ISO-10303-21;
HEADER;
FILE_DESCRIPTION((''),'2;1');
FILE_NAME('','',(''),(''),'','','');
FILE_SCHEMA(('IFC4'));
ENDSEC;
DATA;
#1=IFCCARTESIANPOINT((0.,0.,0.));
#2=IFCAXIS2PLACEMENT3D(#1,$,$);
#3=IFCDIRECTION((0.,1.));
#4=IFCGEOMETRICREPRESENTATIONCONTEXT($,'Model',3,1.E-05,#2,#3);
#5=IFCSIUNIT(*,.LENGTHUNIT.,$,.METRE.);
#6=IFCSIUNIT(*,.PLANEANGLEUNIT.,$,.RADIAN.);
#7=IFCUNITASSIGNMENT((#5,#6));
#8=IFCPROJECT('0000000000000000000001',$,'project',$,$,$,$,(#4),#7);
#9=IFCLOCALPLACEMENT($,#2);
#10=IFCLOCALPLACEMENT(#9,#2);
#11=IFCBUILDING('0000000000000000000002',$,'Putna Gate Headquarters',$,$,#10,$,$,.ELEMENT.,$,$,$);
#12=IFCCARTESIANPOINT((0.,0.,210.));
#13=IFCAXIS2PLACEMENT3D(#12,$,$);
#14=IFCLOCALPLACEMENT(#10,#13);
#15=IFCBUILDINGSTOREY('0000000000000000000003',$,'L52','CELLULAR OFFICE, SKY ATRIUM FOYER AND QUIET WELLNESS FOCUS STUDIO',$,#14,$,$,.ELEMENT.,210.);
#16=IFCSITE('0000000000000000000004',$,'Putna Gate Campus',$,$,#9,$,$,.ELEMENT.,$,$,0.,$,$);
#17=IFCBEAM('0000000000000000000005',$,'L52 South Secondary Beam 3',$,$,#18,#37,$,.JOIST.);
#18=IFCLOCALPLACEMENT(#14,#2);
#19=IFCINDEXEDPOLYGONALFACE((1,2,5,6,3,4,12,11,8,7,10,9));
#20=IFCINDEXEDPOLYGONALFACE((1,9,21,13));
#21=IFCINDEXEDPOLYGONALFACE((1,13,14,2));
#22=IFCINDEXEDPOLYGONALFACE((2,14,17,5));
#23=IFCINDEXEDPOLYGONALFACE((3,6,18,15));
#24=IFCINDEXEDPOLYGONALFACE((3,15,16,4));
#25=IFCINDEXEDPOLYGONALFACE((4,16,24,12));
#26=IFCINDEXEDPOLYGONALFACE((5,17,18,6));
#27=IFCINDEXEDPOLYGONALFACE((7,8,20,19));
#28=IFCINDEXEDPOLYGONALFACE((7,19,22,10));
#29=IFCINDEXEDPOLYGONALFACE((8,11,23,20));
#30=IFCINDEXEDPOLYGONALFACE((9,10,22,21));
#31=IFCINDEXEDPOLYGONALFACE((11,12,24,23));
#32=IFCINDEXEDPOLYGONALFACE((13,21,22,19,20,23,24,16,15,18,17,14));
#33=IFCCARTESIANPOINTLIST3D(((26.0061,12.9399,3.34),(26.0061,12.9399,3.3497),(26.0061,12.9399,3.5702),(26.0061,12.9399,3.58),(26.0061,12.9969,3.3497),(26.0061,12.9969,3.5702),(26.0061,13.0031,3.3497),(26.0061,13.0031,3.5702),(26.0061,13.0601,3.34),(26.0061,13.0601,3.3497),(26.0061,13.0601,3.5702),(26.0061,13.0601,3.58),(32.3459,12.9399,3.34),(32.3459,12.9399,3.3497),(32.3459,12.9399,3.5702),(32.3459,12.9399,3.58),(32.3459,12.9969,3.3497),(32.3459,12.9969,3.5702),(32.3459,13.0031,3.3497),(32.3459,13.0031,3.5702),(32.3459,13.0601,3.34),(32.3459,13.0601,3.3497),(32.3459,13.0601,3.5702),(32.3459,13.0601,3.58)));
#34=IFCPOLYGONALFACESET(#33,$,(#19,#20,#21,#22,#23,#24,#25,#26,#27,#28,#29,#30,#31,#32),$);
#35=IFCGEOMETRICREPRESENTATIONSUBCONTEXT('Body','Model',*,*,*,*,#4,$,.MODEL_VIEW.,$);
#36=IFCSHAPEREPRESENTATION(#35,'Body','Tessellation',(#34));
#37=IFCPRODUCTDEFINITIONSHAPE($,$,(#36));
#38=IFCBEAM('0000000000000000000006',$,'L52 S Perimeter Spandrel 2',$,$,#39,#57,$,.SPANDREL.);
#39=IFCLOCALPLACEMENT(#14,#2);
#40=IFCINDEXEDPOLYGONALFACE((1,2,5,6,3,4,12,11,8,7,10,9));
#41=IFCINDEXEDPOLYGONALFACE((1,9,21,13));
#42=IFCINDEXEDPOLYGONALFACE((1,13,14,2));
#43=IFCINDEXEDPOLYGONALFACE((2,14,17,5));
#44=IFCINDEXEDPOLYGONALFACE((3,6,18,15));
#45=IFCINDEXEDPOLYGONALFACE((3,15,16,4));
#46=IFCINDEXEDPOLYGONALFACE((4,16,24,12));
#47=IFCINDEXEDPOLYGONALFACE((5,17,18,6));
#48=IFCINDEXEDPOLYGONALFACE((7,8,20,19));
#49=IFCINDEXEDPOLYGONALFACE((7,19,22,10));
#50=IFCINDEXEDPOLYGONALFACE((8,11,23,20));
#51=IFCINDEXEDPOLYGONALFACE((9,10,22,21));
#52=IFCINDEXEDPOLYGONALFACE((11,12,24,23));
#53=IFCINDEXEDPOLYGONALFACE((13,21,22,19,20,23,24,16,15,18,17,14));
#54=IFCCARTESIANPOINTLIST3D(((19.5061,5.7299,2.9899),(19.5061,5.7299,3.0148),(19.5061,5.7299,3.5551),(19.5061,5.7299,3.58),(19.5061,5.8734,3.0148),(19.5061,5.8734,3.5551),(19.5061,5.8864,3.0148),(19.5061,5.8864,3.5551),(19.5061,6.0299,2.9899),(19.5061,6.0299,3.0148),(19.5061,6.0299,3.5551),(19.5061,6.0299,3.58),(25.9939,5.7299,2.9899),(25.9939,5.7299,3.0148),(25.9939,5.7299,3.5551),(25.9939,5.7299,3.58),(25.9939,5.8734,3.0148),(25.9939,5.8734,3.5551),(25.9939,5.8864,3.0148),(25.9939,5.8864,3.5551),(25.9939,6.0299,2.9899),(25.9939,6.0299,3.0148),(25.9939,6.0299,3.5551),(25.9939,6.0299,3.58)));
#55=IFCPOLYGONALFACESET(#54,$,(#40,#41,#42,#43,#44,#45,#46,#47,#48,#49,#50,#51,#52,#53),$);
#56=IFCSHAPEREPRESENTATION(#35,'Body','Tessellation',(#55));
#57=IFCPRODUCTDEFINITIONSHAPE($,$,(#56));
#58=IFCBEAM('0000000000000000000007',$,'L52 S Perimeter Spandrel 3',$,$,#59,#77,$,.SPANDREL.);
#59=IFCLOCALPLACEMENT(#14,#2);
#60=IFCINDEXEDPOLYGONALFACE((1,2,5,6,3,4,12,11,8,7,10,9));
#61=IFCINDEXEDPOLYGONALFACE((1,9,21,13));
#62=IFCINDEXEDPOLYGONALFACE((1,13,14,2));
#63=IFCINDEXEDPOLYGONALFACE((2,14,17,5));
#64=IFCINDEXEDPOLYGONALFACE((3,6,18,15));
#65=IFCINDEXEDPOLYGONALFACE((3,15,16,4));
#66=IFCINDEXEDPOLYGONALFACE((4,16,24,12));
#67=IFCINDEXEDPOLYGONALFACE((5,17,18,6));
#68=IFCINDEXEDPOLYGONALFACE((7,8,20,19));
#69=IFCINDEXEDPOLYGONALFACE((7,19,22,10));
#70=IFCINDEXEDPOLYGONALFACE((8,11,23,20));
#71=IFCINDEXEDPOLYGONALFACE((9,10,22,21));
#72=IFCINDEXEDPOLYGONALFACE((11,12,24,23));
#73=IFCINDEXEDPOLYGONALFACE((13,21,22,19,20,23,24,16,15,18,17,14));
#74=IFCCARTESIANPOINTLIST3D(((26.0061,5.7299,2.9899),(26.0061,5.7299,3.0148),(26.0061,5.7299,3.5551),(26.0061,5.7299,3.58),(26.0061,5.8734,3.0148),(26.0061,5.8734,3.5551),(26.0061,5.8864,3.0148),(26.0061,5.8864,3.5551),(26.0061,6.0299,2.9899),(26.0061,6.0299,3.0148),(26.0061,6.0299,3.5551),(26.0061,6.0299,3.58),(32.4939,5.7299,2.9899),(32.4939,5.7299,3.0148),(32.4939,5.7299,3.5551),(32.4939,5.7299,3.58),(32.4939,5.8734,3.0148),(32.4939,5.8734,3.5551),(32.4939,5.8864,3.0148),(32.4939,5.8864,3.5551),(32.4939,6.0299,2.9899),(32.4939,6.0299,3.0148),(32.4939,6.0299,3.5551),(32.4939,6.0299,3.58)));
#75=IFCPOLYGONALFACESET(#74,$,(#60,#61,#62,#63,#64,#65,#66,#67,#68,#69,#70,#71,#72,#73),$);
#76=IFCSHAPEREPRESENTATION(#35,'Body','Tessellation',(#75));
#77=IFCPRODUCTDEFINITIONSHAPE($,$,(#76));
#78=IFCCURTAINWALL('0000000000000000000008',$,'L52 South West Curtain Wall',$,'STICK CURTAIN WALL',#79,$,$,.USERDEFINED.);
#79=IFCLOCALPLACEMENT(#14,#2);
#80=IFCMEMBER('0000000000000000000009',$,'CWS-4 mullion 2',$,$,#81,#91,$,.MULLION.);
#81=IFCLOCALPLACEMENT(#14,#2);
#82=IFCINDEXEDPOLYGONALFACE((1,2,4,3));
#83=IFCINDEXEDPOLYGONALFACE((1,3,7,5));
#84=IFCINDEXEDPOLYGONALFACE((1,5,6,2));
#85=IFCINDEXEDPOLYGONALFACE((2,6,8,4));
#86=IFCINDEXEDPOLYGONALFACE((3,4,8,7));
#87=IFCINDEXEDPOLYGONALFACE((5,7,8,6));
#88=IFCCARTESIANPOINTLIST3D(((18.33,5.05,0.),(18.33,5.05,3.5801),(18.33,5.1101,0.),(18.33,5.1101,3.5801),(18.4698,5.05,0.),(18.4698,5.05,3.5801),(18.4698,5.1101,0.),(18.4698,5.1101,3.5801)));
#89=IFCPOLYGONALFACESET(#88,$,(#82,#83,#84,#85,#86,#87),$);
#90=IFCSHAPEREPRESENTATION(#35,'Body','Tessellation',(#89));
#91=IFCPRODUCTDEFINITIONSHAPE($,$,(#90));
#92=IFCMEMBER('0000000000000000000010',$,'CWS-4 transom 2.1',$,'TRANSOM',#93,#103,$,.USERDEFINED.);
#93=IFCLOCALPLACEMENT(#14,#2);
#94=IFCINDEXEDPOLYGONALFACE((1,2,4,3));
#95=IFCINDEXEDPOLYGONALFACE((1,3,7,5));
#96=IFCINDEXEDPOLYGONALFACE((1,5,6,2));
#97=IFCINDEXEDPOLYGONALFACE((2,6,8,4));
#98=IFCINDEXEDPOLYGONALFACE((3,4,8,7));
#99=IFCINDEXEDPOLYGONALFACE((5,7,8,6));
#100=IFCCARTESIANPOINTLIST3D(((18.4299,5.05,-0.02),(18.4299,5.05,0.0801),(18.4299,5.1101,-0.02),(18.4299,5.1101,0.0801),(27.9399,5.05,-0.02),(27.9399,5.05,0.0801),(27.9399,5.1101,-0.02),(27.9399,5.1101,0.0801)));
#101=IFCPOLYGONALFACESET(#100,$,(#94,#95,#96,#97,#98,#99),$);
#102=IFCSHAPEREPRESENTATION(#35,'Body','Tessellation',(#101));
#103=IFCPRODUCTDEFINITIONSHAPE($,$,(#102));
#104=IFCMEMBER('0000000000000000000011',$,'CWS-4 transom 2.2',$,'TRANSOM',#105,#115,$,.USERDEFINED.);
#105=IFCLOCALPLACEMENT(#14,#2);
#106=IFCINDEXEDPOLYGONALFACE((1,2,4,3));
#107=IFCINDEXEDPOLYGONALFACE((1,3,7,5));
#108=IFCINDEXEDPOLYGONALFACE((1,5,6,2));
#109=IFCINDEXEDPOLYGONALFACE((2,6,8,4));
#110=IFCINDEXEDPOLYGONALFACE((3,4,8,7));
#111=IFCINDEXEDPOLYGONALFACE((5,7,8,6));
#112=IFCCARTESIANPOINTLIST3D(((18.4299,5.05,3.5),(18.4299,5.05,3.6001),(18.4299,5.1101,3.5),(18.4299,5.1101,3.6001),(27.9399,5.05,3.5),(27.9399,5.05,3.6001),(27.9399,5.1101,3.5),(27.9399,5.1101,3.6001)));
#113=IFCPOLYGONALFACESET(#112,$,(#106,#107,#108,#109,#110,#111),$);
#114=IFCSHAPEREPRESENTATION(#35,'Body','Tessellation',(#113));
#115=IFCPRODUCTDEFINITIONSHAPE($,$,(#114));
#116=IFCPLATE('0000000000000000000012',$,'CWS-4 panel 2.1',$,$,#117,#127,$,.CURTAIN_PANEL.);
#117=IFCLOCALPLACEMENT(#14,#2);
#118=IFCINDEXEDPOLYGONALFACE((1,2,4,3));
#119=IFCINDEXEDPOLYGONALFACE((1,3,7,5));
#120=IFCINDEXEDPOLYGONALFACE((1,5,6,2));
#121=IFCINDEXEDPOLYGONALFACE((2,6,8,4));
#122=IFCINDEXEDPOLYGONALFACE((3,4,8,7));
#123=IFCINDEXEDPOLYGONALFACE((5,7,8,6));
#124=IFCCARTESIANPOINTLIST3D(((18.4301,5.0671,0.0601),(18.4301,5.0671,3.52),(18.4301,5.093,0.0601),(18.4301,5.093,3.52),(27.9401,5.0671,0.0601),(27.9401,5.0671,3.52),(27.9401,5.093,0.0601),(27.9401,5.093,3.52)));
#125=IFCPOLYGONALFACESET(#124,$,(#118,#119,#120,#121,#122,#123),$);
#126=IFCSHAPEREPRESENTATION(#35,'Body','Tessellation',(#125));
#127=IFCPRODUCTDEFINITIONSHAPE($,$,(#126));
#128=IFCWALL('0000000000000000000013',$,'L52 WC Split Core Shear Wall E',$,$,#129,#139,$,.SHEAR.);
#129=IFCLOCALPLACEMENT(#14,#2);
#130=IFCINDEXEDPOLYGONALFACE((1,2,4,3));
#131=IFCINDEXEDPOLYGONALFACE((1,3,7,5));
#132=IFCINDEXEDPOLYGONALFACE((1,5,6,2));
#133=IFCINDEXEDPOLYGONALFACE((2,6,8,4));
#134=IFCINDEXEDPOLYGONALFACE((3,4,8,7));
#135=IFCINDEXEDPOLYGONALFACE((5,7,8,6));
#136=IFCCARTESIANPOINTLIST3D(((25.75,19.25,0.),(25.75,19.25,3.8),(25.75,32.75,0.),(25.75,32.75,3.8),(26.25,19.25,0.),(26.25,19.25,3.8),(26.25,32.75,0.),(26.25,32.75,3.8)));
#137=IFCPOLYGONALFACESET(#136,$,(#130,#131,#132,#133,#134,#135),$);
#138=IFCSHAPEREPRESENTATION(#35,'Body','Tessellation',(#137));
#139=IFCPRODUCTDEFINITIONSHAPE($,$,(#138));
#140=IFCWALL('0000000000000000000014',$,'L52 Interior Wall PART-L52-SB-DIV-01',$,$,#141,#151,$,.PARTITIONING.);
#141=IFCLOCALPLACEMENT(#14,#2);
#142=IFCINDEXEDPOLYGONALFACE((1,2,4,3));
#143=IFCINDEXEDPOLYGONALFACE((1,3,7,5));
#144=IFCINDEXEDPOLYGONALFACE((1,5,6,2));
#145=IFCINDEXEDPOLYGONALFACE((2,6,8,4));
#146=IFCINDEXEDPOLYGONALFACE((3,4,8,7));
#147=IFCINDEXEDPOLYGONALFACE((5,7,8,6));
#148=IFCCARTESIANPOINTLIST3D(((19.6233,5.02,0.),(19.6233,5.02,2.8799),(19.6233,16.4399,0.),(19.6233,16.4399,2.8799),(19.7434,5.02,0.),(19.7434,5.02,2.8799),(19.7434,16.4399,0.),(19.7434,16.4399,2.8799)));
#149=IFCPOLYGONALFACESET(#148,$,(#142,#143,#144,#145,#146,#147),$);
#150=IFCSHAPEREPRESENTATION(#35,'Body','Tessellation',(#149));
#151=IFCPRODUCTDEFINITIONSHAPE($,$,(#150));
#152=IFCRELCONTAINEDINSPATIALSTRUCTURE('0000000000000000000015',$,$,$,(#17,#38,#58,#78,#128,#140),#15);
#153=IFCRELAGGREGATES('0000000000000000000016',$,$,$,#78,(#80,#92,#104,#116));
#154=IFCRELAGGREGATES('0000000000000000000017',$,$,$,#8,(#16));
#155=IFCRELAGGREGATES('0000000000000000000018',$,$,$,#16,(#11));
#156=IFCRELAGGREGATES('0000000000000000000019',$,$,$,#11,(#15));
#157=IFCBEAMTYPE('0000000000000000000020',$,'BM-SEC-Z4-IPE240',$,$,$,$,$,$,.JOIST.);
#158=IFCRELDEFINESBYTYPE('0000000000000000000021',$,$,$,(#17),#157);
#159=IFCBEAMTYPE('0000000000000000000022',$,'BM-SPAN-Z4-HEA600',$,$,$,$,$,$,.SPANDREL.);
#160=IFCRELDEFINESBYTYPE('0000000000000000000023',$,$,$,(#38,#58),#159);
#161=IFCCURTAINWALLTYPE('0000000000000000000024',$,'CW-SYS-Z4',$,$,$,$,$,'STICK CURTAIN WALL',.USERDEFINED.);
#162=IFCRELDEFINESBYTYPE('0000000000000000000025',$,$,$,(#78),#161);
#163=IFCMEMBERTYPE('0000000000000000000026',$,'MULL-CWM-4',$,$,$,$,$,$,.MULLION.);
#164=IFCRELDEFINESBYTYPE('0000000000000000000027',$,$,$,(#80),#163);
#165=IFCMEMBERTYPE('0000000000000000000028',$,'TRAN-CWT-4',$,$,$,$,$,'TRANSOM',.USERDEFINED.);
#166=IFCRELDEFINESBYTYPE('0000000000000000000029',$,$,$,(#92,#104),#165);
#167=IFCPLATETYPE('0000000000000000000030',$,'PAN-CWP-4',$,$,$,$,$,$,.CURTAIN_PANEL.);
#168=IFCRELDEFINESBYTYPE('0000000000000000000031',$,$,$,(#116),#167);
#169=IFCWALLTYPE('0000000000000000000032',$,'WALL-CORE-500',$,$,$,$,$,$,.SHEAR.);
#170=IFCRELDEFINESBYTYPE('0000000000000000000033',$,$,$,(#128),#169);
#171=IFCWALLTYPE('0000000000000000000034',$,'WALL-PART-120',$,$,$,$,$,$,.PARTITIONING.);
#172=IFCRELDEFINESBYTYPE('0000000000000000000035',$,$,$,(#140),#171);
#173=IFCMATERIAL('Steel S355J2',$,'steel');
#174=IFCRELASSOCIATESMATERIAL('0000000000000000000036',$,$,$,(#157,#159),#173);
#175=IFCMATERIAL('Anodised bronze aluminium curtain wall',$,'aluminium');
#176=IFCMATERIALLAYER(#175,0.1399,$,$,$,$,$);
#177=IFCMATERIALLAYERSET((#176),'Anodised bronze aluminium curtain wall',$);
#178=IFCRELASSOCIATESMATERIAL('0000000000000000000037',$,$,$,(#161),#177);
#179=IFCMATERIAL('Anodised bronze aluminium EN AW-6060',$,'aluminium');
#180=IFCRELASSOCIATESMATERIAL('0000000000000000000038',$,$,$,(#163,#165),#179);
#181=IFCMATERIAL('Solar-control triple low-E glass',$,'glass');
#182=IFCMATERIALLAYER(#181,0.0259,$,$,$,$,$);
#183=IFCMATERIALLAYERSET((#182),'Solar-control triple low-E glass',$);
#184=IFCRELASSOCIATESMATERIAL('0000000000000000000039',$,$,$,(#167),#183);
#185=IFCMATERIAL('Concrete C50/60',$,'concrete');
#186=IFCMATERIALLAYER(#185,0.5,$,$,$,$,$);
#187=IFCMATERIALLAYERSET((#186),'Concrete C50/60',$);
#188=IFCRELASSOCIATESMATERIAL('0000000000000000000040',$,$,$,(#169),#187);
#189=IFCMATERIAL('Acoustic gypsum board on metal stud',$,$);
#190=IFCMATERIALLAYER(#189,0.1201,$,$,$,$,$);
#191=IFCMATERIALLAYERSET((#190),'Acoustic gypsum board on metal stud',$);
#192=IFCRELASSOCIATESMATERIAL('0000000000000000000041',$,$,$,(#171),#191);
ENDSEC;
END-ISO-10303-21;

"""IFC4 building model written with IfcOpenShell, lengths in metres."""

from ifc_helpers import new_model, si_unit, direction, frame, frame_2d, origin, origin_2d, place, context, subcontext, project, spatial, rectangle, i_section, extrude, material, layer, layer_set, material_profile, profile_set, type_object, element, aggregate, save


model = new_model("IFC4")

# Units and contexts
model_context = context("Model", 3, precision=1e-05, world=origin(), true_north=direction((0.0, 1.0)))
body_context = subcontext(model_context, "Body", "Model", "MODEL_VIEW")
ifc_project = project(units=[si_unit("LENGTHUNIT", "METRE"), si_unit("PLANEANGLEUNIT", "RADIAN")], contexts=[model_context])

# Site, building, storey
site_placement = place(None, origin())
site = spatial("IfcSite", under=ifc_project, at=site_placement, Name="Putna Gate Campus", CompositionType="ELEMENT", RefElevation=0.0)
building_placement = place(site_placement, origin())
building = spatial("IfcBuilding", under=site, at=building_placement, Name="Putna Gate Headquarters", CompositionType="ELEMENT")
storey_placement = place(building_placement, frame((0.0, 0.0, 210.0)))
storey = spatial("IfcBuildingStorey", under=building, at=storey_placement, Name="L52", Description="CELLULAR OFFICE, SKY ATRIUM FOYER AND QUIET WELLNESS FOCUS STUDIO", CompositionType="ELEMENT", Elevation=210.0)

# Beams
ifc_material_1 = material(Name="Steel S355J2", Category="steel")
ifc_material_profile_1 = material_profile(ifc_material_1, i_section(OverallWidth=0.1201, OverallDepth=0.24, WebThickness=0.0061, FlangeThickness=0.0098, at=origin_2d()), Name="Steel S355J2")
ifc_profile_set_1 = profile_set([ifc_material_profile_1], Name="Steel S355J2")
beam_type_1 = type_object("IfcBeamType", Name="BM-SEC-Z4-IPE240", PredefinedType="JOIST", material=ifc_profile_set_1)
for number, where, z_axis, x_axis, name in (
    (1, (26.0061, 13.0, 3.46), (1.0, 0.0, 0.0), (0.0, 1.0, 0.0), "L52 South Secondary Beam 3"),
):
    element("IfcBeam", number, at=place(storey_placement, frame(where, z_axis=z_axis, x_axis=x_axis)), inside=storey, type_object=beam_type_1, Name=name, PredefinedType="JOIST", context=body_context, shape_type="SweptSolid", body=[
        extrude(i_section(OverallWidth=0.1201, OverallDepth=0.24, WebThickness=0.0061, FlangeThickness=0.0098, at=origin_2d()), origin(), (0.0, 0.0, 1.0), 6.3398),
    ])
ifc_material_profile_2 = material_profile(ifc_material_1, i_section(OverallWidth=0.3, OverallDepth=0.5901, WebThickness=0.0129, FlangeThickness=0.0249, at=origin_2d()), Name="Steel S355J2")
ifc_profile_set_2 = profile_set([ifc_material_profile_2], Name="Steel S355J2")
beam_type_2 = type_object("IfcBeamType", Name="BM-SPAN-Z4-HEA600", PredefinedType="SPANDREL", material=ifc_profile_set_2)
for number, where, z_axis, x_axis, name in (
    (2, (19.5061, 5.8799, 3.2849), (1.0, 0.0, 0.0), (0.0, 1.0, 0.0), "L52 S Perimeter Spandrel 2"),
    (3, (26.0061, 5.8799, 3.2849), (1.0, 0.0, 0.0), (0.0, 1.0, 0.0), "L52 S Perimeter Spandrel 3"),
):
    element("IfcBeam", number, at=place(storey_placement, frame(where, z_axis=z_axis, x_axis=x_axis)), inside=storey, type_object=beam_type_2, Name=name, PredefinedType="SPANDREL", context=body_context, shape_type="SweptSolid", body=[
        extrude(i_section(OverallWidth=0.3, OverallDepth=0.5901, WebThickness=0.0129, FlangeThickness=0.0249, at=origin_2d()), origin(), (0.0, 0.0, 1.0), 6.4878),
    ])

# Curtain wall, members, plate
ifc_material_2 = material(Name="Anodised bronze aluminium curtain wall", Category="aluminium")
ifc_layer_1 = layer(ifc_material_2, 0.1399)
ifc_layer_set_1 = layer_set([ifc_layer_1], Name="Anodised bronze aluminium curtain wall")
curtain_wall_type = type_object("IfcCurtainWallType", Name="CW-SYS-Z4", ElementType="STICK CURTAIN WALL", PredefinedType="USERDEFINED", material=ifc_layer_set_1)
curtain_wall_placement = place(storey_placement, origin())
curtain_wall = element("IfcCurtainWall", 4, at=curtain_wall_placement, inside=storey, type_object=curtain_wall_type, Name="L52 South West Curtain Wall", ObjectType="STICK CURTAIN WALL", PredefinedType="USERDEFINED")
ifc_material_3 = material(Name="Anodised bronze aluminium EN AW-6060", Category="aluminium")
ifc_material_profile_3 = material_profile(ifc_material_3, rectangle(XDim=0.0601, YDim=0.1399, at=origin_2d()), Name="Anodised bronze aluminium EN AW-6060")
ifc_profile_set_3 = profile_set([ifc_material_profile_3], Name="Anodised bronze aluminium EN AW-6060")
member_type_1 = type_object("IfcMemberType", Name="MULL-CWM-4", PredefinedType="MULLION", material=ifc_profile_set_3)
member_1_placement = place(storey_placement, frame((18.3999, 5.0801, 0.0), z_axis=(0.0, 0.0, 1.0), x_axis=(0.0, 1.0, 0.0)))
member_1 = element("IfcMember", 5, at=member_1_placement, type_object=member_type_1, Name="CWS-4 mullion 2", PredefinedType="MULLION", context=body_context, shape_type="SweptSolid", body=[
    extrude(rectangle(XDim=0.0601, YDim=0.1399, at=origin_2d()), origin(), (0.0, 0.0, 1.0), 3.5801),
])
ifc_material_profile_4 = material_profile(ifc_material_3, rectangle(XDim=0.0601, YDim=0.1001, at=origin_2d()), Name="Anodised bronze aluminium EN AW-6060")
ifc_profile_set_4 = profile_set([ifc_material_profile_4], Name="Anodised bronze aluminium EN AW-6060")
member_type_2 = type_object("IfcMemberType", Name="TRAN-CWT-4", ElementType="TRANSOM", PredefinedType="USERDEFINED", material=ifc_profile_set_4)
member_2_placement = place(storey_placement, frame((18.4299, 5.0801, 0.03), z_axis=(1.0, 0.0, 0.0), x_axis=(0.0, 1.0, 0.0)))
member_2 = element("IfcMember", 6, at=member_2_placement, type_object=member_type_2, Name="CWS-4 transom 2.1", ObjectType="TRANSOM", PredefinedType="USERDEFINED", context=body_context, shape_type="SweptSolid", body=[
    extrude(rectangle(XDim=0.0601, YDim=0.1001, at=origin_2d()), origin(), (0.0, 0.0, 1.0), 9.51),
])
member_3_placement = place(storey_placement, frame((18.4299, 5.0801, 3.55), z_axis=(1.0, 0.0, 0.0), x_axis=(0.0, 1.0, 0.0)))
member_3 = element("IfcMember", 7, at=member_3_placement, type_object=member_type_2, Name="CWS-4 transom 2.2", ObjectType="TRANSOM", PredefinedType="USERDEFINED", context=body_context, shape_type="SweptSolid", body=[
    extrude(rectangle(XDim=0.0601, YDim=0.1001, at=origin_2d()), origin(), (0.0, 0.0, 1.0), 9.51),
])
ifc_material_4 = material(Name="Solar-control triple low-E glass", Category="glass")
ifc_layer_2 = layer(ifc_material_4, 0.0259)
ifc_layer_set_2 = layer_set([ifc_layer_2], Name="Solar-control triple low-E glass")
plate_type = type_object("IfcPlateType", Name="PAN-CWP-4", PredefinedType="CURTAIN_PANEL", material=ifc_layer_set_2)
plate_placement = place(storey_placement, frame((23.1851, 5.0801, 0.0601), z_axis=(0.0, 0.0, 1.0), x_axis=(1.0, 0.0, 0.0)))
plate = element("IfcPlate", 8, at=plate_placement, type_object=plate_type, Name="CWS-4 panel 2.1", PredefinedType="CURTAIN_PANEL", context=body_context, shape_type="SweptSolid", body=[
    extrude(rectangle(XDim=9.51, YDim=0.0259, at=origin_2d()), origin(), (0.0, 0.0, 1.0), 3.46),
])
aggregate(curtain_wall, [member_1, member_2, member_3, plate])

# Walls
ifc_material_5 = material(Name="Concrete C50/60", Category="concrete")
ifc_layer_3 = layer(ifc_material_5, 0.5)
ifc_layer_set_3 = layer_set([ifc_layer_3], Name="Concrete C50/60")
wall_type_1 = type_object("IfcWallType", Name="WALL-CORE-500", PredefinedType="SHEAR", material=ifc_layer_set_3)
wall_1_placement = place(storey_placement, frame((26.0, 19.25, 0.0), z_axis=(0.0, 0.0, 1.0), x_axis=(0.0, 1.0, 0.0)))
element("IfcWall", 9, at=wall_1_placement, inside=storey, type_object=wall_type_1, Name="L52 WC Split Core Shear Wall E", PredefinedType="SHEAR", context=body_context, shape_type="SweptSolid", body=[
    extrude(rectangle(XDim=13.5, YDim=0.5, at=frame_2d((6.75, 0.0))), origin(), (0.0, 0.0, 1.0), 3.8),
])
ifc_material_6 = material(Name="Acoustic gypsum board on metal stud")
ifc_layer_4 = layer(ifc_material_6, 0.1201)
ifc_layer_set_4 = layer_set([ifc_layer_4], Name="Acoustic gypsum board on metal stud")
wall_type_2 = type_object("IfcWallType", Name="WALL-PART-120", PredefinedType="PARTITIONING", material=ifc_layer_set_4)
wall_2_placement = place(storey_placement, frame((19.6833, 5.02, 0.0), z_axis=(0.0, 0.0, 1.0), x_axis=(0.0, 1.0, 0.0)))
element("IfcWall", 10, at=wall_2_placement, inside=storey, type_object=wall_type_2, Name="L52 Interior Wall PART-L52-SB-DIV-01", PredefinedType="PARTITIONING", context=body_context, shape_type="SweptSolid", body=[
    extrude(rectangle(XDim=11.4199, YDim=0.1201, at=frame_2d((5.71, 0.0))), origin(), (0.0, 0.0, 1.0), 2.8799),
])

save(model, "model.ifc")
